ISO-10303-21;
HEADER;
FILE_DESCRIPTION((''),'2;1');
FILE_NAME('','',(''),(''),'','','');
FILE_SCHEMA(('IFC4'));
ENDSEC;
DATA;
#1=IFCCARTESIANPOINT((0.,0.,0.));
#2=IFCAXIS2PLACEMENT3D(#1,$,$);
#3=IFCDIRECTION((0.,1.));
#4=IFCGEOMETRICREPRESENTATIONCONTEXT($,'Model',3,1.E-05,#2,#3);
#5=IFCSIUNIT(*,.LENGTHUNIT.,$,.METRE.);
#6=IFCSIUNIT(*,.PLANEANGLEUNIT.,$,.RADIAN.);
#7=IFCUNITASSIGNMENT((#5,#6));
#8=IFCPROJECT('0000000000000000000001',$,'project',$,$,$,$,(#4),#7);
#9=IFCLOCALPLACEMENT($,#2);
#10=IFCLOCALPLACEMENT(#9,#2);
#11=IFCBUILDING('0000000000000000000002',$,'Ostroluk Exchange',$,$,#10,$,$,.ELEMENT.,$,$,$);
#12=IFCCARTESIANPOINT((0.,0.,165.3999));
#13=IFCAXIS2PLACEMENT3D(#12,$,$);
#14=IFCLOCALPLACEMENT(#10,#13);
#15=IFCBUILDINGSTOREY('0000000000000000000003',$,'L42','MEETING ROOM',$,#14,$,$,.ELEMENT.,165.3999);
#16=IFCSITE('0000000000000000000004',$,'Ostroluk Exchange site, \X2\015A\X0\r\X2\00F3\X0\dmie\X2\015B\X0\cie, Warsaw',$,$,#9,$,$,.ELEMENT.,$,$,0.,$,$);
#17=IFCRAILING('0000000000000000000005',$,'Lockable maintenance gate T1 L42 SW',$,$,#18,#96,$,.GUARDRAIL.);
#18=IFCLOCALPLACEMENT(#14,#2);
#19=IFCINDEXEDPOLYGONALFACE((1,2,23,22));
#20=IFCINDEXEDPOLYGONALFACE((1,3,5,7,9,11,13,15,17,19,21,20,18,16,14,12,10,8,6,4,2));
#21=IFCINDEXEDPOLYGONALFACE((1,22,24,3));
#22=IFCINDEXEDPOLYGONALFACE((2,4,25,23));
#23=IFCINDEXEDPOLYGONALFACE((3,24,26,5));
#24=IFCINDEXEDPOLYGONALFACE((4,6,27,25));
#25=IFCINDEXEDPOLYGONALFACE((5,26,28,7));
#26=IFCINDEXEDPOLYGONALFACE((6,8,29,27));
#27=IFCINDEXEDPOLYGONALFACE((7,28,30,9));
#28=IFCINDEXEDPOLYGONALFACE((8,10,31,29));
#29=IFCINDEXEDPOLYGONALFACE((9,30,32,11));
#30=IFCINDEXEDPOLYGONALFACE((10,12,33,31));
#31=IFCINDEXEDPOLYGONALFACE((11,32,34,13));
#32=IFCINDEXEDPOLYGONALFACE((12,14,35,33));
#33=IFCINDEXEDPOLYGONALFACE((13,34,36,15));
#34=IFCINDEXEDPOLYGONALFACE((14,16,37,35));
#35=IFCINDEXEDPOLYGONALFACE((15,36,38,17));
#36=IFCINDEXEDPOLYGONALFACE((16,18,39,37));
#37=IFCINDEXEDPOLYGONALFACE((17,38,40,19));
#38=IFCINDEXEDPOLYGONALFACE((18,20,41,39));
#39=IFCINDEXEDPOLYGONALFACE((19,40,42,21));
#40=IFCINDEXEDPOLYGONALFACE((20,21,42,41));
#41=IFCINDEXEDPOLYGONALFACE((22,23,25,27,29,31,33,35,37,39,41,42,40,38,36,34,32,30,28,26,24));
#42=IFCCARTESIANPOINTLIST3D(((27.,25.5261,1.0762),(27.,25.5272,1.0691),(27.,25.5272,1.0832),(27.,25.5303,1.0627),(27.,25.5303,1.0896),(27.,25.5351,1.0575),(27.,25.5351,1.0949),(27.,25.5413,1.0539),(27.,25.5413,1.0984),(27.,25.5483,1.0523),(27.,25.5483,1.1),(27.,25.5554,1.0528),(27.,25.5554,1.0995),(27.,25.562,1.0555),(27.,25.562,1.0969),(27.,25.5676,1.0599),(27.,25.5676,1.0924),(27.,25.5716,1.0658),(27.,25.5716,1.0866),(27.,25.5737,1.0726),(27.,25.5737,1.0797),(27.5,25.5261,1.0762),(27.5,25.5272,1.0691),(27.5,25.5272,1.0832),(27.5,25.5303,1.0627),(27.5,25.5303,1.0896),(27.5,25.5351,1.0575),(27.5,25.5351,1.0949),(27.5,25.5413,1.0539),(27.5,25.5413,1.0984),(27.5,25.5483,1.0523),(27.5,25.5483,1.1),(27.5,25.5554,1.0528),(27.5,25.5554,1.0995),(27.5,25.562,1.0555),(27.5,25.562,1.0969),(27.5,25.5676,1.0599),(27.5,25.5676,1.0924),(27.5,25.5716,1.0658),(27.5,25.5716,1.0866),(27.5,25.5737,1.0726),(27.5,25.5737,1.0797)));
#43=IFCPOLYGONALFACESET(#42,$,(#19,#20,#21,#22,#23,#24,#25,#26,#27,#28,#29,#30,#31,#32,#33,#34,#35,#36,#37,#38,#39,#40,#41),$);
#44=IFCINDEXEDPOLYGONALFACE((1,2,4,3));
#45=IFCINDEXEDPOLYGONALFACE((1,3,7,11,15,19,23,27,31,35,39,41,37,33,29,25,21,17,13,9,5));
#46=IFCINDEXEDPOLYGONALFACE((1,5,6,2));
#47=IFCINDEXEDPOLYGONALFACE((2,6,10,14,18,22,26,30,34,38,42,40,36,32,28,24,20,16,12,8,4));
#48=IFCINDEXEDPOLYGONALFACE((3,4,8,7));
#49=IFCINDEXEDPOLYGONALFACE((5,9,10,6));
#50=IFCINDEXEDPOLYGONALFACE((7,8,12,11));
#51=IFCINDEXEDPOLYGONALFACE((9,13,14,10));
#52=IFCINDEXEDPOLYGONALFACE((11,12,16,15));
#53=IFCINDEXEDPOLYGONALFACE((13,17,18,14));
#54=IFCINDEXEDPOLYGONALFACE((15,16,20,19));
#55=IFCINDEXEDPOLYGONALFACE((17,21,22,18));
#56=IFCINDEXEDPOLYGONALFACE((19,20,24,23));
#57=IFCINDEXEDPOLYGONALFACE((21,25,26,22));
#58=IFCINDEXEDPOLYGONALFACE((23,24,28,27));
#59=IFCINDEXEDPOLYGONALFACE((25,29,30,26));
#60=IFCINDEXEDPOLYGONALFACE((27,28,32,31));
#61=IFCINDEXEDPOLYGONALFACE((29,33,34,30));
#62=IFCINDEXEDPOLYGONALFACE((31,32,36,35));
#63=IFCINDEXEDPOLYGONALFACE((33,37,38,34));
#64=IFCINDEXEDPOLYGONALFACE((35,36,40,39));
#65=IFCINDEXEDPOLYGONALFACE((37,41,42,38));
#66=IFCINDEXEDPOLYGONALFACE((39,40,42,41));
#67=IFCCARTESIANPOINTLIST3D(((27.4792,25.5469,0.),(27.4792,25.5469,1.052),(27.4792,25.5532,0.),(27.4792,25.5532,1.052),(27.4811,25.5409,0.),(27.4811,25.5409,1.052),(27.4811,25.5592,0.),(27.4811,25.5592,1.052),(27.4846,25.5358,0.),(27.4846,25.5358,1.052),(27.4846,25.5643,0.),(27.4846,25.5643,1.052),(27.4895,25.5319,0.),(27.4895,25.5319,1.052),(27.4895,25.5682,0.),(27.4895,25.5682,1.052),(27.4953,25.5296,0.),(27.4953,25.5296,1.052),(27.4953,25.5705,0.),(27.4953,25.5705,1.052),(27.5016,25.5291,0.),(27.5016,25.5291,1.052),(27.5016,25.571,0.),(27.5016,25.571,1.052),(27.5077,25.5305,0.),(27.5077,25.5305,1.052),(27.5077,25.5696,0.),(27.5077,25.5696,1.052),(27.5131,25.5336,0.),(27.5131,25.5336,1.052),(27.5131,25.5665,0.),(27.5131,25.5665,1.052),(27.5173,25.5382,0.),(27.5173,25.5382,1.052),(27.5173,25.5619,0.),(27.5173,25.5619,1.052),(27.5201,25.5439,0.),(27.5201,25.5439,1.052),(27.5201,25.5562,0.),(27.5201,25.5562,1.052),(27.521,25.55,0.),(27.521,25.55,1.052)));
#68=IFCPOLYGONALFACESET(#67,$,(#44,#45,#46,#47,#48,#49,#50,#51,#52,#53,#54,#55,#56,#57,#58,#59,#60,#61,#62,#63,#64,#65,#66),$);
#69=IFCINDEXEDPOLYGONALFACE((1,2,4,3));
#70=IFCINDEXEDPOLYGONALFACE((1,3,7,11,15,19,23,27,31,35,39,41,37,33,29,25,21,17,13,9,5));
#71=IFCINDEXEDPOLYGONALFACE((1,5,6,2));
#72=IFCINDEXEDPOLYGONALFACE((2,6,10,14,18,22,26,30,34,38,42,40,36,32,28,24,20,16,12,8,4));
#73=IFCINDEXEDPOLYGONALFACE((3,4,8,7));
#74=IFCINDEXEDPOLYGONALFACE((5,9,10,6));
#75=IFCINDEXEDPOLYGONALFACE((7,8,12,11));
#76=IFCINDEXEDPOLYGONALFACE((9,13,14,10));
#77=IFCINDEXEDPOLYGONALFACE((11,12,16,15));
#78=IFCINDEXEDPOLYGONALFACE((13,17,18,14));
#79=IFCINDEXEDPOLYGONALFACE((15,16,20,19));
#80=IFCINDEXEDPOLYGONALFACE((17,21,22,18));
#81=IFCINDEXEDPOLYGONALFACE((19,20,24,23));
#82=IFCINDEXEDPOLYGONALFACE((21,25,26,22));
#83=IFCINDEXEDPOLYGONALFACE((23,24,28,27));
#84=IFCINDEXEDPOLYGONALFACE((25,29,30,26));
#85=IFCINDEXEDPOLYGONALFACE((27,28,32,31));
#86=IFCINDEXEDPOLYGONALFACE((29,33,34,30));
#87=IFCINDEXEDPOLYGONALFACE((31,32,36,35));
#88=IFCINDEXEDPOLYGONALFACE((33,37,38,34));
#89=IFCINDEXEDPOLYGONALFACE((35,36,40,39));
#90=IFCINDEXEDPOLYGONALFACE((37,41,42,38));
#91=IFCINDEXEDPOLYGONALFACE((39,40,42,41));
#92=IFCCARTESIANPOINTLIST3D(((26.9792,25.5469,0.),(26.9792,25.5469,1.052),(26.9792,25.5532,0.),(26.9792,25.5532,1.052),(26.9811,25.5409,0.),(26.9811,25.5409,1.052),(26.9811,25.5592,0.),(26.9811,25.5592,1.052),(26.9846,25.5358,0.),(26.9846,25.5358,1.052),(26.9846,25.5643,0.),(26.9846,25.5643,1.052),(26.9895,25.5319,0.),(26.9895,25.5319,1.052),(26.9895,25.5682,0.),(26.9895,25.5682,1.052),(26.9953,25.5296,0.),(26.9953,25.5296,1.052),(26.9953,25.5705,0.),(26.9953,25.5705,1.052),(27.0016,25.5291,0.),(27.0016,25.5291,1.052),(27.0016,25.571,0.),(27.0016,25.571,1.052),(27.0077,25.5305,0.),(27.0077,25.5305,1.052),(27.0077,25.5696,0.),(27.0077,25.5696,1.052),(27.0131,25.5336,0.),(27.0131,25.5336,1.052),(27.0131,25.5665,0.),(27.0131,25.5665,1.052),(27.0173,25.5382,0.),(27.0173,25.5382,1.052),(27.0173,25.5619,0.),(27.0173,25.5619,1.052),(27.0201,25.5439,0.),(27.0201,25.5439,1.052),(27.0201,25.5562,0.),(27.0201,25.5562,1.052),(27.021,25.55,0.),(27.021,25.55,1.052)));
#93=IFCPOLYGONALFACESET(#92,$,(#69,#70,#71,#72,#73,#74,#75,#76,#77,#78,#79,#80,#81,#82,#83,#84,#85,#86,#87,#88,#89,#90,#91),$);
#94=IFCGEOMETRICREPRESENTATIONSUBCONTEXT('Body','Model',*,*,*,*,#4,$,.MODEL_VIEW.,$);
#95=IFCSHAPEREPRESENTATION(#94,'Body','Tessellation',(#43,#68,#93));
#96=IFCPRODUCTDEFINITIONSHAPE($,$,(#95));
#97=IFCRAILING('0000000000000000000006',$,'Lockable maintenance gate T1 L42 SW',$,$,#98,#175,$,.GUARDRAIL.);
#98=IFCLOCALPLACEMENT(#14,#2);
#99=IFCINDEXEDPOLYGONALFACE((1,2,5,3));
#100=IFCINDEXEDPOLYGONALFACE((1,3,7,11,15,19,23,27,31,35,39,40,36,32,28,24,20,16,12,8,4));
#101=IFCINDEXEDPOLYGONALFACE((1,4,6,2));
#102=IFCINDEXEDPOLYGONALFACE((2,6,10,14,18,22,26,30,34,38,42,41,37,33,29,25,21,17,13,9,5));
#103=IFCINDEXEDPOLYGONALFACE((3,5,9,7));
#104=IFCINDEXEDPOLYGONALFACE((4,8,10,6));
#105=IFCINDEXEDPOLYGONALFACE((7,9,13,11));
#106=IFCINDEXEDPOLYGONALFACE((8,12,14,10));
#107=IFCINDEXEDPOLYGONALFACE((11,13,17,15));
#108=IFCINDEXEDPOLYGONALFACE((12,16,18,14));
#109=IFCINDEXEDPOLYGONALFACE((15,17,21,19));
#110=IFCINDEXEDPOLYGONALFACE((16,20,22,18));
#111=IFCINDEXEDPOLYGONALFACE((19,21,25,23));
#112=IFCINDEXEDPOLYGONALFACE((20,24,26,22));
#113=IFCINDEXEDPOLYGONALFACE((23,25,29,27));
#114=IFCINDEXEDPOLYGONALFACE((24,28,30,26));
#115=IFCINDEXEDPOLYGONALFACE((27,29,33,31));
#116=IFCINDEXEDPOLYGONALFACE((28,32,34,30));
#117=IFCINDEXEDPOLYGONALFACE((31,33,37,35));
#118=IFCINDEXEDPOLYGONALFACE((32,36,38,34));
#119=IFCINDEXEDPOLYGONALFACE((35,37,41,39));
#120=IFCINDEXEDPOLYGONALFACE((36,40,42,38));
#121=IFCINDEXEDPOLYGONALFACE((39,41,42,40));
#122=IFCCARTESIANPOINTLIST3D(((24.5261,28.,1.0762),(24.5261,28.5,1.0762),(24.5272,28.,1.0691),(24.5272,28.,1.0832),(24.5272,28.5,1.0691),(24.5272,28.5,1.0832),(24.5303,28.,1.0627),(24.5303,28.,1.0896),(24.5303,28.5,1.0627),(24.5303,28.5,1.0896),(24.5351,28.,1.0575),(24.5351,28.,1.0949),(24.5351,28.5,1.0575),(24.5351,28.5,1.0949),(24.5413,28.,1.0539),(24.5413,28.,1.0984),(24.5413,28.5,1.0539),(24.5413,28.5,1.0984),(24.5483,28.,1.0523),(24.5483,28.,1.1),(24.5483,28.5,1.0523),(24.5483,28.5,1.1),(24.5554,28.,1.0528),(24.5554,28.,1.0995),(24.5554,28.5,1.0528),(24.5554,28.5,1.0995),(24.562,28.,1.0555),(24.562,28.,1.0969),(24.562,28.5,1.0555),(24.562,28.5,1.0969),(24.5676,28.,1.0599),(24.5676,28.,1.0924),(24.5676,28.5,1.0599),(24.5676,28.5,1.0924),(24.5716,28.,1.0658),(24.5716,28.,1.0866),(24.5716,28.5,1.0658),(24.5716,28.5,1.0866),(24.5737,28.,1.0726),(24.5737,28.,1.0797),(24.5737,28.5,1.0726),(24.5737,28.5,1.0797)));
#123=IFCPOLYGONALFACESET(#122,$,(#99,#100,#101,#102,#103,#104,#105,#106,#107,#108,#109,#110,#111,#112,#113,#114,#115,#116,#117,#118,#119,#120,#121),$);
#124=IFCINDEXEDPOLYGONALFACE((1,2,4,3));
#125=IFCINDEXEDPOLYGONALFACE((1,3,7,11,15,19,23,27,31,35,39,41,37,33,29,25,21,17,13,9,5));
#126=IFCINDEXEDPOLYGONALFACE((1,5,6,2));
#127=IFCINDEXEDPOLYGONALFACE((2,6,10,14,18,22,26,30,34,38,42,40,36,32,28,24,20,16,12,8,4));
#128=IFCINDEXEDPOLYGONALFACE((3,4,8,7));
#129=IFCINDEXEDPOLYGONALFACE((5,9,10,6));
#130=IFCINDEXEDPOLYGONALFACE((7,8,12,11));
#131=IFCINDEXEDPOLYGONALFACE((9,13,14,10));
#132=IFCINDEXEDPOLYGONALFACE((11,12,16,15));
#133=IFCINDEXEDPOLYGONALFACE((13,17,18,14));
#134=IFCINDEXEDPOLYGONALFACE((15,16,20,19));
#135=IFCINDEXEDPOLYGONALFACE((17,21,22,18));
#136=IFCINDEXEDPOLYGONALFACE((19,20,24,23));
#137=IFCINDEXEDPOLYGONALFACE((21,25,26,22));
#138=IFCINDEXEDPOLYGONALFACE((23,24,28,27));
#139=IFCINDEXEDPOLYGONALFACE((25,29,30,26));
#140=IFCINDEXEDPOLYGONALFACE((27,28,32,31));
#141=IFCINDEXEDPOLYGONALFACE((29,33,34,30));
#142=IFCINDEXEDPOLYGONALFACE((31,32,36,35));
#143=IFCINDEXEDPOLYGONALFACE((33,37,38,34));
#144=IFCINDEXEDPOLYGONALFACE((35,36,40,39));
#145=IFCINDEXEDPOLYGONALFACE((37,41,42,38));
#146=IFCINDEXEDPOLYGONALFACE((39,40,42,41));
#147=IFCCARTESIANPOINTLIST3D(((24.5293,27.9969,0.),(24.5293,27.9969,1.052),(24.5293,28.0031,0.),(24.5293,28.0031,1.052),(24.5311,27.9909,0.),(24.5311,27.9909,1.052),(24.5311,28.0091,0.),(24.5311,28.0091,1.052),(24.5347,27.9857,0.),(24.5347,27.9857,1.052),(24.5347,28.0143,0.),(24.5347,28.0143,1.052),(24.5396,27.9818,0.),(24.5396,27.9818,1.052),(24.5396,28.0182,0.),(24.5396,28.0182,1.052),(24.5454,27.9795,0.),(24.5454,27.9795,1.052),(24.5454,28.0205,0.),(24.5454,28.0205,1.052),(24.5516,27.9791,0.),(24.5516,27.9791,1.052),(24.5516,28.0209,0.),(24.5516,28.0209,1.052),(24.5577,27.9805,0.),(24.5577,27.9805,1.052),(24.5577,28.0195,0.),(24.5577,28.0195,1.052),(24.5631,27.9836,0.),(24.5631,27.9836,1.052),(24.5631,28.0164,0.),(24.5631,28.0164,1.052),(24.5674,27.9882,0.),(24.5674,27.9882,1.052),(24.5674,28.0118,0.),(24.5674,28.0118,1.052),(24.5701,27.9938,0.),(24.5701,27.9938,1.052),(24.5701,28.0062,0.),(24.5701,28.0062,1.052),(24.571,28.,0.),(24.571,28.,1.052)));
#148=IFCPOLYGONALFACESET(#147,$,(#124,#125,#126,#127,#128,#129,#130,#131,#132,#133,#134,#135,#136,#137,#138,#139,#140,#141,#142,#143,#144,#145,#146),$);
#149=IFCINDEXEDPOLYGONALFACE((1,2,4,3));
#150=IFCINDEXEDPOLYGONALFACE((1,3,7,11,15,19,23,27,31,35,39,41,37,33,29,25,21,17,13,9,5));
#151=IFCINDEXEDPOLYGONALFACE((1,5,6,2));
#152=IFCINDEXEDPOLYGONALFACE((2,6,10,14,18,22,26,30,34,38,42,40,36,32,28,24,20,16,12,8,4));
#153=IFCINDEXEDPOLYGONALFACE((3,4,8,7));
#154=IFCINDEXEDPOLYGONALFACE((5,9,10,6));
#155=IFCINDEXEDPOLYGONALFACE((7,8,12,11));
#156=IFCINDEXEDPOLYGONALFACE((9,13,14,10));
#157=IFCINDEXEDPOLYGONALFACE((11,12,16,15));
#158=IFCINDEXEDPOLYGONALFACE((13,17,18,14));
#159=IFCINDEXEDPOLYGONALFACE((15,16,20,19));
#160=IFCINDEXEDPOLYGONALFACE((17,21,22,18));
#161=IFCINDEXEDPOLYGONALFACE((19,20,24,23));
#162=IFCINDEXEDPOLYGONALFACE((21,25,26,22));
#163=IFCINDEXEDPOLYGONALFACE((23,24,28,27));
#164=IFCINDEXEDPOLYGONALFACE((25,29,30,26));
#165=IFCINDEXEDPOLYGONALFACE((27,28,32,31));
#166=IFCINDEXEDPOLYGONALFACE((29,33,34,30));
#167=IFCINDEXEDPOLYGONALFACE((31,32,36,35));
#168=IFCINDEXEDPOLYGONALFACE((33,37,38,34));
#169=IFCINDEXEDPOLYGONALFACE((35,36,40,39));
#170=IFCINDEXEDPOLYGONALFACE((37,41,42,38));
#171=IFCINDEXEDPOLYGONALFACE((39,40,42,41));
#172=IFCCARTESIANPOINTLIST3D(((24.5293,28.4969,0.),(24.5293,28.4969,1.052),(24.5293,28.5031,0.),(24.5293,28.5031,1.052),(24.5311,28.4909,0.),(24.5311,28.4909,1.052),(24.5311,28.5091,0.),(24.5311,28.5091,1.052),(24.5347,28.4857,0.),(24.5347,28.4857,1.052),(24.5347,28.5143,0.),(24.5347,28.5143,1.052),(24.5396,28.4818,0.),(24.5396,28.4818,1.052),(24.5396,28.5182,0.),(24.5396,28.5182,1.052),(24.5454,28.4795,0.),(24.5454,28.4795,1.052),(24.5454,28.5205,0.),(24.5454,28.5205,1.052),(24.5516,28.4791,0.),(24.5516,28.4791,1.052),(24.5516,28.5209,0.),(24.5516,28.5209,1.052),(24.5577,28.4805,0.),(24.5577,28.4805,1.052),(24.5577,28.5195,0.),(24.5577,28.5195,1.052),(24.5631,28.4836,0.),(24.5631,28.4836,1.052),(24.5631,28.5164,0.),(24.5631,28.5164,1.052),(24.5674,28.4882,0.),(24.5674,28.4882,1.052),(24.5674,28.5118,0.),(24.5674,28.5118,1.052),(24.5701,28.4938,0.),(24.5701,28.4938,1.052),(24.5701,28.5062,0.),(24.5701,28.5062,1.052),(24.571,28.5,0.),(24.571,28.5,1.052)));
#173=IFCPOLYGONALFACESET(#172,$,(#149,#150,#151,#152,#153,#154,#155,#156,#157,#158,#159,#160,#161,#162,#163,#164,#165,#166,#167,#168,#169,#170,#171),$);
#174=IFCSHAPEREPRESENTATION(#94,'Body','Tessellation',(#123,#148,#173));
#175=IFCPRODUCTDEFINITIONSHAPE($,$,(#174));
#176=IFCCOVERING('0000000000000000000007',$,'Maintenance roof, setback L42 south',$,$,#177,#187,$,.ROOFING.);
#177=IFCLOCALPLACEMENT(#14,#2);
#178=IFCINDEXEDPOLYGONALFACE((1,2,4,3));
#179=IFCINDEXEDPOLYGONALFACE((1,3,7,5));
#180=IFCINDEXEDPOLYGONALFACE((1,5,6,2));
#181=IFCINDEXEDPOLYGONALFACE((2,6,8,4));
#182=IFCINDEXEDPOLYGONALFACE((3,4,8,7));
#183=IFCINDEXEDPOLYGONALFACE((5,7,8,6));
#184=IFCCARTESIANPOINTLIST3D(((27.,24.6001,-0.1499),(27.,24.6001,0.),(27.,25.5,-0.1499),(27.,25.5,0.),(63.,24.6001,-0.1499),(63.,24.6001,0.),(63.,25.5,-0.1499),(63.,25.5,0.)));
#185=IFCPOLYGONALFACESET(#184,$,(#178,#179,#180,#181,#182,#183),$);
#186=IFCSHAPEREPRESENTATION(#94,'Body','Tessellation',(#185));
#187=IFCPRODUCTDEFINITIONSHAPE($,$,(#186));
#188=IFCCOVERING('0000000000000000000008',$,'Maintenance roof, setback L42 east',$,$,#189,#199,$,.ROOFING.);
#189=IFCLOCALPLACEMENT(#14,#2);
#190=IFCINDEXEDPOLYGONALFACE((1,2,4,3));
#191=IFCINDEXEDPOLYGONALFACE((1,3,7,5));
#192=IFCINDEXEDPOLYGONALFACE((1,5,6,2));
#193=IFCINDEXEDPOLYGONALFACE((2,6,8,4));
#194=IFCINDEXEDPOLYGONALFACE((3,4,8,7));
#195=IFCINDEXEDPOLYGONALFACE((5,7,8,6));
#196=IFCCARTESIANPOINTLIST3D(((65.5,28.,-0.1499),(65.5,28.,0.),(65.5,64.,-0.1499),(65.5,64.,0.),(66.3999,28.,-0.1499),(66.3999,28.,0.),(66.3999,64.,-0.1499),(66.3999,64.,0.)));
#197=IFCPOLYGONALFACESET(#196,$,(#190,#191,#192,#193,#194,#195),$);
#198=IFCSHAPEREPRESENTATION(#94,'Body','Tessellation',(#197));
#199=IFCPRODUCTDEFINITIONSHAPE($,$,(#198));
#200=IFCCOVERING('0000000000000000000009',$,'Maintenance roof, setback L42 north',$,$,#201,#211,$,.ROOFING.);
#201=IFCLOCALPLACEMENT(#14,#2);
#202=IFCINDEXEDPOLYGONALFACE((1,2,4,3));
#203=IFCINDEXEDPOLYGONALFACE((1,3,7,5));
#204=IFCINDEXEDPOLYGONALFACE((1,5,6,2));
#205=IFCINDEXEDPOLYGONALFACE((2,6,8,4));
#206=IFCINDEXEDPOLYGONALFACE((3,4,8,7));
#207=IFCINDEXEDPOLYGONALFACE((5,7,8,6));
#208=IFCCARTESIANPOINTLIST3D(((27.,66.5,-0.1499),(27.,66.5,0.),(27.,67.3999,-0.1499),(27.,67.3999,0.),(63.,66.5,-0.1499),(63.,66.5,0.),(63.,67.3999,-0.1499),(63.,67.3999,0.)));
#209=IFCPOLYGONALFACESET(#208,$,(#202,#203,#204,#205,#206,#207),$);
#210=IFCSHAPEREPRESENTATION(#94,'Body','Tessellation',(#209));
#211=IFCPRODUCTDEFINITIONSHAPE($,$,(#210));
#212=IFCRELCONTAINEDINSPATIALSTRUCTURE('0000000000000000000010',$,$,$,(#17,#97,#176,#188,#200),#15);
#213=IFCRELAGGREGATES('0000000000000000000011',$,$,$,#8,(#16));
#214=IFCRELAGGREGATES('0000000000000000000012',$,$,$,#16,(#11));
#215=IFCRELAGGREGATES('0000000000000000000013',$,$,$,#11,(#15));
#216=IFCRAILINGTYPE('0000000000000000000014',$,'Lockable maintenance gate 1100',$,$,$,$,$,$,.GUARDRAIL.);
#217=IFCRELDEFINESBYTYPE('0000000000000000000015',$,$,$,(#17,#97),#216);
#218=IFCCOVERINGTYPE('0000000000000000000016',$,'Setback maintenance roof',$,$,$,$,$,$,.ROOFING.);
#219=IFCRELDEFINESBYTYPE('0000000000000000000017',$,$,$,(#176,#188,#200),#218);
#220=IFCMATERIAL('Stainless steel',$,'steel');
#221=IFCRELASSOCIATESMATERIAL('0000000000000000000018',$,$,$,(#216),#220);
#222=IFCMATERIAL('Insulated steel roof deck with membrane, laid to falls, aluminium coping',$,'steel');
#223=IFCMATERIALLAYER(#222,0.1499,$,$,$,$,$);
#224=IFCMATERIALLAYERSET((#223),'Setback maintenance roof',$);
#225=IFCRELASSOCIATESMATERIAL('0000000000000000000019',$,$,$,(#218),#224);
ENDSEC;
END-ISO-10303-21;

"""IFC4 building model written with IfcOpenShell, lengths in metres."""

from ifc_helpers import new_model, si_unit, direction, frame, origin, origin_2d, place, context, subcontext, project, spatial, polyline, circle, outline, extrude, material, layer, layer_set, type_object, element, save


model = new_model("IFC4")

# Units and contexts
model_context = context("Model", 3, precision=1e-05, world=origin(), true_north=direction((0.0, 1.0)))
body_context = subcontext(model_context, "Body", "Model", "MODEL_VIEW")
ifc_project = project(units=[si_unit("LENGTHUNIT", "METRE"), si_unit("PLANEANGLEUNIT", "RADIAN")], contexts=[model_context])

# Site, building, storey
site_placement = place(None, origin())
site = spatial("IfcSite", under=ifc_project, at=site_placement, Name="Ostroluk Exchange site, Śródmieście, Warsaw", CompositionType="ELEMENT", RefElevation=0.0)
building_placement = place(site_placement, origin())
building = spatial("IfcBuilding", under=site, at=building_placement, Name="Ostroluk Exchange", CompositionType="ELEMENT")
storey_placement = place(building_placement, frame((0.0, 0.0, 165.3999)))
storey = spatial("IfcBuildingStorey", under=building, at=storey_placement, Name="L42", Description="MEETING ROOM", CompositionType="ELEMENT", Elevation=165.3999)

# Railings
ifc_material_1 = material(Name="Stainless steel", Category="steel")
railing_type_1 = type_object("IfcRailingType", Name="Lockable maintenance gate 1100", PredefinedType="GUARDRAIL", material=ifc_material_1)
railing_1_placement = place(storey_placement, frame((27.5, 25.55, 0.0)))
element("IfcRailing", 1, at=railing_1_placement, inside=storey, type_object=railing_type_1, Name="Lockable maintenance gate T1 L42 SW", PredefinedType="GUARDRAIL", context=body_context, shape_type="SweptSolid", body=[
    extrude(circle(Radius=0.0239, at=origin_2d()), frame((0.0, 0.0, 1.0762), z_axis=(-1.0, 0.0, 0.0), x_axis=(0.0, -1.0, 0.0)), (0.0, 0.0, 1.0), 0.5),
    extrude(circle(Radius=0.021, at=origin_2d()), origin(), (0.0, 0.0, 1.0), 1.052),
    extrude(circle(Radius=0.021, at=origin_2d()), frame((-0.5, 0.0, 0.0)), (0.0, 0.0, 1.0), 1.052),
])
railing_2_placement = place(storey_placement, frame((24.55, 28.0, 0.0)))
element("IfcRailing", 2, at=railing_2_placement, inside=storey, type_object=railing_type_1, Name="Lockable maintenance gate T1 L42 SW", PredefinedType="GUARDRAIL", context=body_context, shape_type="SweptSolid", body=[
    extrude(circle(Radius=0.0239, at=origin_2d()), frame((0.0, 0.0, 1.0762), z_axis=(0.0, 1.0, 0.0), x_axis=(-1.0, 0.0, 0.0)), (0.0, 0.0, 1.0), 0.5),
    extrude(circle(Radius=0.021, at=origin_2d()), origin(), (0.0, 0.0, 1.0), 1.052),
    extrude(circle(Radius=0.021, at=origin_2d()), frame((0.0, 0.5, 0.0)), (0.0, 0.0, 1.0), 1.052),
])

# Coverings
ifc_material_2 = material(Name="Insulated steel roof deck with membrane, laid to falls, aluminium coping", Category="steel")
ifc_layer_1 = layer(ifc_material_2, 0.1499)
ifc_layer_set_1 = layer_set([ifc_layer_1], Name="Setback maintenance roof")
covering_type = type_object("IfcCoveringType", Name="Setback maintenance roof", PredefinedType="ROOFING", material=ifc_layer_set_1)
covering_1_placement = place(storey_placement, frame((0.0, 0.0, -0.1499)))
element("IfcCovering", 3, at=covering_1_placement, inside=storey, type_object=covering_type, Name="Maintenance roof, setback L42 south", PredefinedType="ROOFING", context=body_context, shape_type="SweptSolid", body=[
    extrude(outline(polyline([(27.0, 25.5), (63.0, 25.5), (63.0, 24.6001), (27.0, 24.6001), (27.0, 25.5)])), origin(), (0.0, 0.0, 1.0), 0.1499),
])
covering_2_placement = place(storey_placement, frame((0.0, 0.0, -0.1499)))
element("IfcCovering", 4, at=covering_2_placement, inside=storey, type_object=covering_type, Name="Maintenance roof, setback L42 east", PredefinedType="ROOFING", context=body_context, shape_type="SweptSolid", body=[
    extrude(outline(polyline([(65.5, 64.0), (66.3999, 64.0), (66.3999, 28.0), (65.5, 28.0), (65.5, 64.0)])), origin(), (0.0, 0.0, 1.0), 0.1499),
])
covering_3_placement = place(storey_placement, frame((0.0, 0.0, -0.1499)))
element("IfcCovering", 5, at=covering_3_placement, inside=storey, type_object=covering_type, Name="Maintenance roof, setback L42 north", PredefinedType="ROOFING", context=body_context, shape_type="SweptSolid", body=[
    extrude(outline(polyline([(27.0, 67.3999), (63.0, 67.3999), (63.0, 66.5), (27.0, 66.5), (27.0, 67.3999)])), origin(), (0.0, 0.0, 1.0), 0.1499),
])

save(model, "model.ifc")
